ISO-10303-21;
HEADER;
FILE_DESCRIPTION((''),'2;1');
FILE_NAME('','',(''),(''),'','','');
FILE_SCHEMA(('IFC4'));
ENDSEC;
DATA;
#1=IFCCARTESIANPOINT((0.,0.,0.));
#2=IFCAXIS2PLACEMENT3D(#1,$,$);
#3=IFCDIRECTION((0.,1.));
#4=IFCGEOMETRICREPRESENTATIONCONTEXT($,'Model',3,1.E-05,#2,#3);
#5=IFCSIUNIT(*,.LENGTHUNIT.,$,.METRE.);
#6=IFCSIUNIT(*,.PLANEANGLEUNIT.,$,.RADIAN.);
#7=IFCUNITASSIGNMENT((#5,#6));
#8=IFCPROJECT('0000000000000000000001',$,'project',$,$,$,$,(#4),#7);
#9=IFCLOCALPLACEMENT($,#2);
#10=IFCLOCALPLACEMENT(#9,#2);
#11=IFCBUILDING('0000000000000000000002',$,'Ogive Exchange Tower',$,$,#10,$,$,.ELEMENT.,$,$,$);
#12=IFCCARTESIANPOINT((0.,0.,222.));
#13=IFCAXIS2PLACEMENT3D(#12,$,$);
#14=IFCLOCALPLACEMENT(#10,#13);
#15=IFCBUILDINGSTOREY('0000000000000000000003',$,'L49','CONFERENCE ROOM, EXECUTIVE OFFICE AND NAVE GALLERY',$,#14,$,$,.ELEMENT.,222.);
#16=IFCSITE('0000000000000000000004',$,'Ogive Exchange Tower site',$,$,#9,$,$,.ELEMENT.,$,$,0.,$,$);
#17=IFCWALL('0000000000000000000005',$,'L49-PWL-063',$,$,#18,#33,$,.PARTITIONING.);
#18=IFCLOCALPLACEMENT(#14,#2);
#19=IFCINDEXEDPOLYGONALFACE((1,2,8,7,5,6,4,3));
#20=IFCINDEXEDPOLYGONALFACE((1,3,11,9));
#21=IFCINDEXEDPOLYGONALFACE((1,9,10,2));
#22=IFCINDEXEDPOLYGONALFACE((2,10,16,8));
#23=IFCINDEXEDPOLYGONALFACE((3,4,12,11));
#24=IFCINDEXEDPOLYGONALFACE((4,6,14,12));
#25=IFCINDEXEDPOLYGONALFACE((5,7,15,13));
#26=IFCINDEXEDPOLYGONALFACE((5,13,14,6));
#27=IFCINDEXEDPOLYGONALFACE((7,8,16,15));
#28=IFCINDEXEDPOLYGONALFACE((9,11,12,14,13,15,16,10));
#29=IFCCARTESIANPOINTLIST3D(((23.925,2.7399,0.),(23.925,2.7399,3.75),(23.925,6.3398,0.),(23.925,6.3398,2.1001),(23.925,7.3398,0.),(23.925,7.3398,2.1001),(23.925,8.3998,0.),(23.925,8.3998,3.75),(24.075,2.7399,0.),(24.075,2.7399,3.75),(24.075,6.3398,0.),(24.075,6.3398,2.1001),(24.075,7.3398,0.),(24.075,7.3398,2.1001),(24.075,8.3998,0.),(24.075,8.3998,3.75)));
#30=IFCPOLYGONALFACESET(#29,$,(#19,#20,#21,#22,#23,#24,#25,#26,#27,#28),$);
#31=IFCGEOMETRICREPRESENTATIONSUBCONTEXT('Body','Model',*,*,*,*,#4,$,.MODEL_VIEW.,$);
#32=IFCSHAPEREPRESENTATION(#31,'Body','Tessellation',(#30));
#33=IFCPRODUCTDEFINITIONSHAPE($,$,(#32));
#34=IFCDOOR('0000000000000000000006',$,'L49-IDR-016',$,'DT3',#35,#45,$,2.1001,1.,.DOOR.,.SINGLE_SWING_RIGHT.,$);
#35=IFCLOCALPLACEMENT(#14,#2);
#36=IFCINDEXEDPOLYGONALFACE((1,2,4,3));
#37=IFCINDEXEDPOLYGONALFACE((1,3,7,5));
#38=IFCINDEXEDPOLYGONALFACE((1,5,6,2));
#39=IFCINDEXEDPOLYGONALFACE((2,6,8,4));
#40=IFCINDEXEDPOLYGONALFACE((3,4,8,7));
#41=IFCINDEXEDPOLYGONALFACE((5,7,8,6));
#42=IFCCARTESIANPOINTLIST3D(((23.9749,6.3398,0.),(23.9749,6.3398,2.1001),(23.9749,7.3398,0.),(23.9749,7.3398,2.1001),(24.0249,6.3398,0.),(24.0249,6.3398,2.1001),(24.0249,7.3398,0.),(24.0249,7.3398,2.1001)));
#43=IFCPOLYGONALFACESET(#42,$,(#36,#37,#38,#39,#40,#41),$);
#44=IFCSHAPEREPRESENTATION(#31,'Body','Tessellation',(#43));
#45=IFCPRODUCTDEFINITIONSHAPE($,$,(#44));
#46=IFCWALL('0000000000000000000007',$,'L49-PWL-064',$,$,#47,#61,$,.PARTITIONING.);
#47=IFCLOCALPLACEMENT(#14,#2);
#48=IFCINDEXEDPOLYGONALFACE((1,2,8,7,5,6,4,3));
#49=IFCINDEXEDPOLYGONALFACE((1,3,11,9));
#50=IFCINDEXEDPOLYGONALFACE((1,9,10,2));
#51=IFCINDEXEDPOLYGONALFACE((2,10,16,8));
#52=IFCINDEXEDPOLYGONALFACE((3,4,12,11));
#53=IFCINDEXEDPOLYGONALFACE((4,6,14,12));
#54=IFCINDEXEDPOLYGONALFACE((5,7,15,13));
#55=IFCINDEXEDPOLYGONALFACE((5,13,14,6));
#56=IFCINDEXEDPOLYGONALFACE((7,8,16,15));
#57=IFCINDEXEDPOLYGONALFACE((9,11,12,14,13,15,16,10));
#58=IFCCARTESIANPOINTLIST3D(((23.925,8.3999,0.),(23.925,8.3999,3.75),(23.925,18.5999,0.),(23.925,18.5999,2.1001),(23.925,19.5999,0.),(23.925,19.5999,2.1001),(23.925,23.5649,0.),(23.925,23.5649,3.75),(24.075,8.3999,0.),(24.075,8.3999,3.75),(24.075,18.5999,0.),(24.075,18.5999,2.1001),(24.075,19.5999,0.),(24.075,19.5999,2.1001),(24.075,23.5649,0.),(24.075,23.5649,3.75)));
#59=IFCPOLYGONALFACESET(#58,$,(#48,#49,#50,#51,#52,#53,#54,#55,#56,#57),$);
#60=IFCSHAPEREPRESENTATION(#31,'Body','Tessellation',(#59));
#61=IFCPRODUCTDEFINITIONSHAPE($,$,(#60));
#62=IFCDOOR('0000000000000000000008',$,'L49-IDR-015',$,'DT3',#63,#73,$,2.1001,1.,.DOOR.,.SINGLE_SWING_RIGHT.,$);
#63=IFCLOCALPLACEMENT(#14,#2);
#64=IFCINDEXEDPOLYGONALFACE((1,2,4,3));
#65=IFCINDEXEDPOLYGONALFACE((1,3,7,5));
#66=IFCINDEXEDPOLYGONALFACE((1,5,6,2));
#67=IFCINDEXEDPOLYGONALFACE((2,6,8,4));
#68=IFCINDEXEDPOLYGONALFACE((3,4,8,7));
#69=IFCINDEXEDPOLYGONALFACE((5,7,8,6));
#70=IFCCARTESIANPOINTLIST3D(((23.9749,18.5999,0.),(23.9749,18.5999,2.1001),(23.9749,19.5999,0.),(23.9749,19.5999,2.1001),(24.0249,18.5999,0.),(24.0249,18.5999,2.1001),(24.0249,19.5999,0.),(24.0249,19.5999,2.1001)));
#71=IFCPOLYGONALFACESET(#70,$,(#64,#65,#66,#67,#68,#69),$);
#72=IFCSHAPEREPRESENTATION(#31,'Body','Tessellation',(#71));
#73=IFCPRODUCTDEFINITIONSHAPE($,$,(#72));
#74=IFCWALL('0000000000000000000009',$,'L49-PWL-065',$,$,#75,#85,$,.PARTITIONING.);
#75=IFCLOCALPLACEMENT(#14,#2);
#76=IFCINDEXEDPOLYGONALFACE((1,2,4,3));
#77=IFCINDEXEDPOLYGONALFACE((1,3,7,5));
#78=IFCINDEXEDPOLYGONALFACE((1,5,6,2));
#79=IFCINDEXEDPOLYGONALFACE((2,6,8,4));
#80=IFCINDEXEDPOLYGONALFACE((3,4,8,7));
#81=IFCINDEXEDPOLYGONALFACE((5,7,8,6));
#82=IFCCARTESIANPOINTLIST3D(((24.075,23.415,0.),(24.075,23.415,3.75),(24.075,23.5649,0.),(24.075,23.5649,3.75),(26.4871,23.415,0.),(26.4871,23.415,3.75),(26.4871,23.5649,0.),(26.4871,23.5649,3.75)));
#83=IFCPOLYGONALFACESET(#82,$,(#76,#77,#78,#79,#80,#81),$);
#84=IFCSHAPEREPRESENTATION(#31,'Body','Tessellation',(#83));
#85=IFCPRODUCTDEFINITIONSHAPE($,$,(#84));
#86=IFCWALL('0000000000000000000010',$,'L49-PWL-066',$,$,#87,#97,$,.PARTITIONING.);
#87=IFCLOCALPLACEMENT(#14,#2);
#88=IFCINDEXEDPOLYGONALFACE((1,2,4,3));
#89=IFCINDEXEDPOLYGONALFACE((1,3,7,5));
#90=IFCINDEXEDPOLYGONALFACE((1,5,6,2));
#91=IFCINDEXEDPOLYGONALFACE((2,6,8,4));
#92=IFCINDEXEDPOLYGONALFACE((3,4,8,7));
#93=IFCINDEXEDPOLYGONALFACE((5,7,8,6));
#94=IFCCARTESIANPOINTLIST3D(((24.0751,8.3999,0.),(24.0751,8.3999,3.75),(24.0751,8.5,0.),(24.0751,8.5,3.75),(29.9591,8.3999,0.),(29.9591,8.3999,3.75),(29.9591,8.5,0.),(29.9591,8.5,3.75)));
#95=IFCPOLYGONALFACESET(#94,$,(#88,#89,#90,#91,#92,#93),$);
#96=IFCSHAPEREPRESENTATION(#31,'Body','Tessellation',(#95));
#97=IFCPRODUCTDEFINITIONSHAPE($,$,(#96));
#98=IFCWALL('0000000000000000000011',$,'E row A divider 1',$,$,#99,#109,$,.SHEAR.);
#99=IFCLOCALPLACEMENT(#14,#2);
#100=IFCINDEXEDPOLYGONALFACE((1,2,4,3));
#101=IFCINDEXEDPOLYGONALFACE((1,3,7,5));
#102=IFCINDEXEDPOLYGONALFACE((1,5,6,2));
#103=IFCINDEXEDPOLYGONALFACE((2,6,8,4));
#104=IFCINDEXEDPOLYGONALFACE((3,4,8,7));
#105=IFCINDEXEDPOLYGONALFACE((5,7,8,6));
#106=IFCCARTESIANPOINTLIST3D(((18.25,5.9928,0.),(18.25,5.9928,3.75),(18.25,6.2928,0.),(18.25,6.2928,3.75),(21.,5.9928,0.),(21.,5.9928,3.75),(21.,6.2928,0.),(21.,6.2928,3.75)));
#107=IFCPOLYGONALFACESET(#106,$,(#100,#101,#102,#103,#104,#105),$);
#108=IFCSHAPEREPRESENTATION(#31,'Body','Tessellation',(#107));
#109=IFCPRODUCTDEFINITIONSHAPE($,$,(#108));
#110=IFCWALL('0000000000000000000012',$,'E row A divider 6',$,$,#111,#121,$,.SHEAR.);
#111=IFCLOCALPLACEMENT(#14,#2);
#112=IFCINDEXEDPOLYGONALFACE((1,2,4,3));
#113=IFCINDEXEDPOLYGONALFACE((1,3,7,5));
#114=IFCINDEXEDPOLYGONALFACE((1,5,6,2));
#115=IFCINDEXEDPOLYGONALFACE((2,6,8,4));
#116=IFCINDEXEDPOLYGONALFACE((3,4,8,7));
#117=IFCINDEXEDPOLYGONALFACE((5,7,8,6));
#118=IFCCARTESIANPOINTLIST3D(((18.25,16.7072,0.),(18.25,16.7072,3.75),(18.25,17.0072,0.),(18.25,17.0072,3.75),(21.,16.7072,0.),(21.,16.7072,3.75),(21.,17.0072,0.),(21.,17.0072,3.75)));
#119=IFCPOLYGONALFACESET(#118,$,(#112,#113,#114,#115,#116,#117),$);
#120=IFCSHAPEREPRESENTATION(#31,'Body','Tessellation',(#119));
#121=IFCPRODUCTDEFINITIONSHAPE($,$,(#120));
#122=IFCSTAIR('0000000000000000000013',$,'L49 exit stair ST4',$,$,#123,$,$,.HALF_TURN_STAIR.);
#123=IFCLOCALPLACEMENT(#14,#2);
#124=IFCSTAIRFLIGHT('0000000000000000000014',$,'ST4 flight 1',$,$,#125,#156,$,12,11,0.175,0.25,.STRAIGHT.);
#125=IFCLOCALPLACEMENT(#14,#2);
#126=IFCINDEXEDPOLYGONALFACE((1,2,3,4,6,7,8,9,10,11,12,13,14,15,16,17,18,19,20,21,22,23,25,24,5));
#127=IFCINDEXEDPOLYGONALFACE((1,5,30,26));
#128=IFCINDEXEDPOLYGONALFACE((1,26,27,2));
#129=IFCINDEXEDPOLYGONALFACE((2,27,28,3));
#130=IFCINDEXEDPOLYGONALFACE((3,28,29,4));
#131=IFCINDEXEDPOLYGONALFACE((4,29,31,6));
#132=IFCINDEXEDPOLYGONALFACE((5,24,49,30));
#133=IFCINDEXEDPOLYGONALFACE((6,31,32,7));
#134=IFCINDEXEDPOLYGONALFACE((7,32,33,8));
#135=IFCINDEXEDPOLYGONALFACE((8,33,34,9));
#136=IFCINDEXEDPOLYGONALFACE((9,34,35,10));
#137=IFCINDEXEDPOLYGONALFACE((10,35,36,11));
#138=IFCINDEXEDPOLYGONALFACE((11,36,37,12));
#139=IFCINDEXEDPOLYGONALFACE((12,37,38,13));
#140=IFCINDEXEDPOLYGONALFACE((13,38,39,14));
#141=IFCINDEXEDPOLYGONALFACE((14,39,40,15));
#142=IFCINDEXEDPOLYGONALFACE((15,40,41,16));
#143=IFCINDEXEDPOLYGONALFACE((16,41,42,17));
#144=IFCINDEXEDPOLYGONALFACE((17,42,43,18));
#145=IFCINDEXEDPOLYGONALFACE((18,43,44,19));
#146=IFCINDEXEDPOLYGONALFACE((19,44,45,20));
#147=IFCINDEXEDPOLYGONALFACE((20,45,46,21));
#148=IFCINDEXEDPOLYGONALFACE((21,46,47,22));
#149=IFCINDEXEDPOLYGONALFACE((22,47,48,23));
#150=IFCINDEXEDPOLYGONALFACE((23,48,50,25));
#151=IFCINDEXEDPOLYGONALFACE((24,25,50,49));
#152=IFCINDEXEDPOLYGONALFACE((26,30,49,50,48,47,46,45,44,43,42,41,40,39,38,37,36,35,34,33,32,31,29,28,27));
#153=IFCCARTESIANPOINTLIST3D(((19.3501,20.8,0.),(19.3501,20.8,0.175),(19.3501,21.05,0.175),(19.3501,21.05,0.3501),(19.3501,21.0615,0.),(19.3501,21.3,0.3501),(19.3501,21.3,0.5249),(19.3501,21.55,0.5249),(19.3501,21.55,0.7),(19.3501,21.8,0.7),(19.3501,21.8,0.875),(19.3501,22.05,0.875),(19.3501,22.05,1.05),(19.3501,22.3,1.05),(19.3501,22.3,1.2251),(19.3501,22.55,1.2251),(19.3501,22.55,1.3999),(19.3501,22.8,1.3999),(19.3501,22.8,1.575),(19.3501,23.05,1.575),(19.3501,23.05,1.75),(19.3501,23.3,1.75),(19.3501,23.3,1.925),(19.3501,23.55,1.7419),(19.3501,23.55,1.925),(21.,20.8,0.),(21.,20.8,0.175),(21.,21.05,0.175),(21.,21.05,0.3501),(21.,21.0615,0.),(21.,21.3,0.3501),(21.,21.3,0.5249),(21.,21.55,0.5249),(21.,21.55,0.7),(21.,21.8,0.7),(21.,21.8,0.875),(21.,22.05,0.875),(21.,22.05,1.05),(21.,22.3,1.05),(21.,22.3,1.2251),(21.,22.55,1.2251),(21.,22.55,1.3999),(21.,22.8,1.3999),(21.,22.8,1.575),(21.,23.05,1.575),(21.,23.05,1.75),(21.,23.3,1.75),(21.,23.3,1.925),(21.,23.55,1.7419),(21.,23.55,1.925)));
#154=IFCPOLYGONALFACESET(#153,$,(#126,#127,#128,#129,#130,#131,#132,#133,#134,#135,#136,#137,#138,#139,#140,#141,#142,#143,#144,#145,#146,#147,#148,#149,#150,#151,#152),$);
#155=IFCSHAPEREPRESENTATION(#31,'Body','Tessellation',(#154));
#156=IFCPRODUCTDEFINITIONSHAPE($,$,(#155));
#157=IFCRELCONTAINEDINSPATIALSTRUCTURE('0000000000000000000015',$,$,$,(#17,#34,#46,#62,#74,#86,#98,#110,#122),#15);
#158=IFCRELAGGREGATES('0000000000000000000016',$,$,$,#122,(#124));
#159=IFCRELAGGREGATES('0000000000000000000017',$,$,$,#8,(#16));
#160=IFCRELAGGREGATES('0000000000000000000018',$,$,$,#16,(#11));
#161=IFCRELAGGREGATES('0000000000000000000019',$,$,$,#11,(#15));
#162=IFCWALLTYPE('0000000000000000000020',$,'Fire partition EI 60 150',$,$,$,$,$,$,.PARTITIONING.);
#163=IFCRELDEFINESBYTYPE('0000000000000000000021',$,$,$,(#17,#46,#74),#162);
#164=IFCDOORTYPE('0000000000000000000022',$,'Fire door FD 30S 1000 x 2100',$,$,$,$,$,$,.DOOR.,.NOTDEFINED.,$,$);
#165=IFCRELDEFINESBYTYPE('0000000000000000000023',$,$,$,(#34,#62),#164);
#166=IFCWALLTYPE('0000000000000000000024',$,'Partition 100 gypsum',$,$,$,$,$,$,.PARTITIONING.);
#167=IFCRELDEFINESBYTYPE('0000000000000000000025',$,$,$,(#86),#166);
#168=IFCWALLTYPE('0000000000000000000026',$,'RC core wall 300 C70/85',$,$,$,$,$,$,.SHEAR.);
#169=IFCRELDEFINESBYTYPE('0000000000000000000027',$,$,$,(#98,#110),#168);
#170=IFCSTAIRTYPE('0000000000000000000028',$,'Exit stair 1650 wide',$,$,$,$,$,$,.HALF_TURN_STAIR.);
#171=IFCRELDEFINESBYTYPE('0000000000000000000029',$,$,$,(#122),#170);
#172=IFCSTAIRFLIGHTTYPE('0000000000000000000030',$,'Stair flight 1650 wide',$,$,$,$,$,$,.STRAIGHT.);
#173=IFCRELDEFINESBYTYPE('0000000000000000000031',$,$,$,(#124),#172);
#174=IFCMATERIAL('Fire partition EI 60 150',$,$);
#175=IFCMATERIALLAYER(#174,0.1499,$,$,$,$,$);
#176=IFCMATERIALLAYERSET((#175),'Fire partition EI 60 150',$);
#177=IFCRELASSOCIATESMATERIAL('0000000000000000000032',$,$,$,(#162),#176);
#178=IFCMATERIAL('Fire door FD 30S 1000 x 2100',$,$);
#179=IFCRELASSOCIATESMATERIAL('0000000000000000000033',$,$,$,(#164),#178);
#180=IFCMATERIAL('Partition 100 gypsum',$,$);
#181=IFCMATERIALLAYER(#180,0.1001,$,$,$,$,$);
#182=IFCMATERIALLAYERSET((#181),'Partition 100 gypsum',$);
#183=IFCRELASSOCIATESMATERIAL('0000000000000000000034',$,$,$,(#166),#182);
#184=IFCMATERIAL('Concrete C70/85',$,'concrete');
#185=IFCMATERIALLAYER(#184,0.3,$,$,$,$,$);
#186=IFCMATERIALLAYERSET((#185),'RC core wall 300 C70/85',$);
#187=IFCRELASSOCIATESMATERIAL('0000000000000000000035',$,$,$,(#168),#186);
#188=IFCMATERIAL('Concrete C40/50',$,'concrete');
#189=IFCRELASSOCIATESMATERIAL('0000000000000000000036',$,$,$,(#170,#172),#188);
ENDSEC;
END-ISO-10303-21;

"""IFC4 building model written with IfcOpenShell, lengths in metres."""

from ifc_helpers import new_model, si_unit, direction, frame, frame_2d, origin, place, context, subcontext, project, spatial, polyline, rectangle, outline, extrude, material, layer, layer_set, type_object, element, fill, aggregate, save


model = new_model("IFC4")

# Units and contexts
model_context = context("Model", 3, precision=1e-05, world=origin(), true_north=direction((0.0, 1.0)))
body_context = subcontext(model_context, "Body", "Model", "MODEL_VIEW")
ifc_project = project(units=[si_unit("LENGTHUNIT", "METRE"), si_unit("PLANEANGLEUNIT", "RADIAN")], contexts=[model_context])

# Site, building, storey
site_placement = place(None, origin())
site = spatial("IfcSite", under=ifc_project, at=site_placement, Name="Ogive Exchange Tower site", CompositionType="ELEMENT", RefElevation=0.0)
building_placement = place(site_placement, origin())
building = spatial("IfcBuilding", under=site, at=building_placement, Name="Ogive Exchange Tower", CompositionType="ELEMENT")
storey_placement = place(building_placement, frame((0.0, 0.0, 222.0)))
storey = spatial("IfcBuildingStorey", under=building, at=storey_placement, Name="L49", Description="CONFERENCE ROOM, EXECUTIVE OFFICE AND NAVE GALLERY", CompositionType="ELEMENT", Elevation=222.0)

# Walls, openings, doors
ifc_material_1 = material(Name="Fire partition EI 60 150")
ifc_layer_1 = layer(ifc_material_1, 0.1499)
ifc_layer_set_1 = layer_set([ifc_layer_1], Name="Fire partition EI 60 150")
wall_type_1 = type_object("IfcWallType", Name="Fire partition EI 60 150", PredefinedType="PARTITIONING", material=ifc_layer_set_1)
wall_1_placement = place(storey_placement, frame((24.0, 8.3999, 0.0), z_axis=(0.0, 0.0, 1.0), x_axis=(0.0, -1.0, 0.0)))
wall_1 = element("IfcWall", 1, at=wall_1_placement, inside=storey, type_object=wall_type_1, Name="L49-PWL-063", PredefinedType="PARTITIONING", context=body_context, shape_type="SweptSolid", body=[
    extrude(rectangle(XDim=5.6599, YDim=0.1499, at=frame_2d((2.8301, 0.0))), origin(), (0.0, 0.0, 1.0), 3.75),
])
opening_1_placement = place(wall_1_placement, frame((1.0601, 0.0, 0.0)))
opening_1 = element("IfcOpeningElement", 2, at=opening_1_placement, cuts=wall_1, PredefinedType="OPENING", context=body_context, shape_type="SweptSolid", body=[
    extrude(rectangle(XDim=1.0, YDim=2.1001, at=frame_2d((0.5, 1.05))), frame((0.0, 0.085, 0.0), z_axis=(0.0, -1.0, 0.0), x_axis=(1.0, 0.0, 0.0)), (0.0, 0.0, 1.0), 0.1699),
])
ifc_material_2 = material(Name="Fire door FD 30S 1000 x 2100")
door_type = type_object("IfcDoorType", Name="Fire door FD 30S 1000 x 2100", OperationType="NOTDEFINED", PredefinedType="DOOR", material=ifc_material_2)
door_1_placement = place(opening_1_placement, origin())
door_1 = element("IfcDoor", 3, at=door_1_placement, inside=storey, type_object=door_type, Name="L49-IDR-016", ObjectType="DT3", OperationType="SINGLE_SWING_RIGHT", OverallHeight=2.1001, OverallWidth=1.0, PredefinedType="DOOR", context=body_context, shape_type="SweptSolid", body=[
    extrude(rectangle(XDim=1.0, YDim=2.1001, at=frame_2d((0.5, 1.05))), frame((0.0, 0.0249, 0.0), z_axis=(0.0, -1.0, 0.0), x_axis=(1.0, 0.0, 0.0)), (0.0, 0.0, 1.0), 0.05),
])
fill(opening_1, door_1)
wall_2_placement = place(storey_placement, frame((24.0, 23.5649, 0.0), z_axis=(0.0, 0.0, 1.0), x_axis=(0.0, -1.0, 0.0)))
wall_2 = element("IfcWall", 4, at=wall_2_placement, inside=storey, type_object=wall_type_1, Name="L49-PWL-064", PredefinedType="PARTITIONING", context=body_context, shape_type="SweptSolid", body=[
    extrude(rectangle(XDim=15.165, YDim=0.1499, at=frame_2d((7.5825, 0.0))), origin(), (0.0, 0.0, 1.0), 3.75),
])
opening_2_placement = place(wall_2_placement, frame((3.9651, 0.0, 0.0)))
opening_2 = element("IfcOpeningElement", 5, at=opening_2_placement, cuts=wall_2, PredefinedType="OPENING", context=body_context, shape_type="SweptSolid", body=[
    extrude(rectangle(XDim=1.0, YDim=2.1001, at=frame_2d((0.5, 1.05))), frame((0.0, 0.085, 0.0), z_axis=(0.0, -1.0, 0.0), x_axis=(1.0, 0.0, 0.0)), (0.0, 0.0, 1.0), 0.1699),
])
door_2_placement = place(opening_2_placement, origin())
door_2 = element("IfcDoor", 6, at=door_2_placement, inside=storey, type_object=door_type, Name="L49-IDR-015", ObjectType="DT3", OperationType="SINGLE_SWING_RIGHT", OverallHeight=2.1001, OverallWidth=1.0, PredefinedType="DOOR", context=body_context, shape_type="SweptSolid", body=[
    extrude(rectangle(XDim=1.0, YDim=2.1001, at=frame_2d((0.5, 1.05))), frame((0.0, 0.0249, 0.0), z_axis=(0.0, -1.0, 0.0), x_axis=(1.0, 0.0, 0.0)), (0.0, 0.0, 1.0), 0.05),
])
fill(opening_2, door_2)

# Walls
wall_3_placement = place(storey_placement, frame((26.4871, 23.49, 0.0), z_axis=(0.0, 0.0, 1.0), x_axis=(-1.0, 0.0, 0.0)))
element("IfcWall", 7, at=wall_3_placement, inside=storey, type_object=wall_type_1, Name="L49-PWL-065", PredefinedType="PARTITIONING", context=body_context, shape_type="SweptSolid", body=[
    extrude(rectangle(XDim=2.4121, YDim=0.1499, at=frame_2d((1.2061, 0.0))), origin(), (0.0, 0.0, 1.0), 3.75),
])
ifc_material_3 = material(Name="Partition 100 gypsum")
ifc_layer_2 = layer(ifc_material_3, 0.1001)
ifc_layer_set_2 = layer_set([ifc_layer_2], Name="Partition 100 gypsum")
wall_type_2 = type_object("IfcWallType", Name="Partition 100 gypsum", PredefinedType="PARTITIONING", material=ifc_layer_set_2)
wall_4_placement = place(storey_placement, frame((29.959, 8.45, 0.0), z_axis=(0.0, 0.0, 1.0), x_axis=(-1.0, 0.0, 0.0)))
element("IfcWall", 8, at=wall_4_placement, inside=storey, type_object=wall_type_2, Name="L49-PWL-066", PredefinedType="PARTITIONING", context=body_context, shape_type="SweptSolid", body=[
    extrude(rectangle(XDim=5.884, YDim=0.1001, at=frame_2d((2.9419, 0.0))), origin(), (0.0, 0.0, 1.0), 3.75),
])
ifc_material_4 = material(Name="Concrete C70/85", Category="concrete")
ifc_layer_3 = layer(ifc_material_4, 0.3)
ifc_layer_set_3 = layer_set([ifc_layer_3], Name="RC core wall 300 C70/85")
wall_type_3 = type_object("IfcWallType", Name="RC core wall 300 C70/85", PredefinedType="SHEAR", material=ifc_layer_set_3)
for number, where, z_axis, x_axis, name in (
    (9, (18.25, 6.1428, 0.0), (0.0, 0.0, 1.0), (1.0, 0.0, 0.0), "E row A divider 1"),
    (10, (18.25, 16.8572, 0.0), (0.0, 0.0, 1.0), (1.0, 0.0, 0.0), "E row A divider 6"),
):
    element("IfcWall", number, at=place(storey_placement, frame(where, z_axis=z_axis, x_axis=x_axis)), inside=storey, type_object=wall_type_3, Name=name, PredefinedType="SHEAR", context=body_context, shape_type="SweptSolid", body=[
        extrude(rectangle(XDim=2.75, YDim=0.3, at=frame_2d((1.375, 0.0))), origin(), (0.0, 0.0, 1.0), 3.75),
    ])

# Stair, stair flight
ifc_material_5 = material(Name="Concrete C40/50", Category="concrete")
stair_type = type_object("IfcStairType", Name="Exit stair 1650 wide", PredefinedType="HALF_TURN_STAIR", material=ifc_material_5)
stair_placement = place(storey_placement, origin())
stair = element("IfcStair", 11, at=stair_placement, inside=storey, type_object=stair_type, Name="L49 exit stair ST4", PredefinedType="HALF_TURN_STAIR")
stair_flight_type = type_object("IfcStairFlightType", Name="Stair flight 1650 wide", PredefinedType="STRAIGHT", material=ifc_material_5)
stair_flight_1_placement = place(storey_placement, frame((20.175, 20.8, 0.0), z_axis=(0.0, 0.0, 1.0), x_axis=(0.0, 1.0, 0.0)))
stair_flight_1 = element("IfcStairFlight", 12, at=stair_flight_1_placement, type_object=stair_flight_type, Name="ST4 flight 1", NumberOfRisers=12, NumberOfTreads=11, PredefinedType="STRAIGHT", RiserHeight=0.175, TreadLength=0.25, context=body_context, shape_type="SweptSolid", body=[
    extrude(outline(polyline([(0.0, 0.0), (0.0, 0.175), (0.25, 0.175), (0.25, 0.3501), (0.5, 0.3501), (0.5, 0.5249), (0.75, 0.5249), (0.75, 0.7), (1.0, 0.7), (1.0, 0.875), (1.25, 0.875), (1.25, 1.05), (1.5, 1.05), (1.5, 1.2251), (1.75, 1.2251), (1.75, 1.3999), (2.0, 1.3999), (2.0, 1.575), (2.25, 1.575), (2.25, 1.75), (2.5, 1.75), (2.5, 1.925), (2.75, 1.925), (2.75, 2.1001), (2.75, 1.7419), (0.2615, 0.0), (0.0, 0.0)])), frame((0.0, 0.825, 0.0), z_axis=(0.0, -1.0, 0.0), x_axis=(1.0, 0.0, 0.0)), (0.0, 0.0, 1.0), 1.6499),
])
aggregate(stair, [stair_flight_1])

save(model, "model.ifc")
